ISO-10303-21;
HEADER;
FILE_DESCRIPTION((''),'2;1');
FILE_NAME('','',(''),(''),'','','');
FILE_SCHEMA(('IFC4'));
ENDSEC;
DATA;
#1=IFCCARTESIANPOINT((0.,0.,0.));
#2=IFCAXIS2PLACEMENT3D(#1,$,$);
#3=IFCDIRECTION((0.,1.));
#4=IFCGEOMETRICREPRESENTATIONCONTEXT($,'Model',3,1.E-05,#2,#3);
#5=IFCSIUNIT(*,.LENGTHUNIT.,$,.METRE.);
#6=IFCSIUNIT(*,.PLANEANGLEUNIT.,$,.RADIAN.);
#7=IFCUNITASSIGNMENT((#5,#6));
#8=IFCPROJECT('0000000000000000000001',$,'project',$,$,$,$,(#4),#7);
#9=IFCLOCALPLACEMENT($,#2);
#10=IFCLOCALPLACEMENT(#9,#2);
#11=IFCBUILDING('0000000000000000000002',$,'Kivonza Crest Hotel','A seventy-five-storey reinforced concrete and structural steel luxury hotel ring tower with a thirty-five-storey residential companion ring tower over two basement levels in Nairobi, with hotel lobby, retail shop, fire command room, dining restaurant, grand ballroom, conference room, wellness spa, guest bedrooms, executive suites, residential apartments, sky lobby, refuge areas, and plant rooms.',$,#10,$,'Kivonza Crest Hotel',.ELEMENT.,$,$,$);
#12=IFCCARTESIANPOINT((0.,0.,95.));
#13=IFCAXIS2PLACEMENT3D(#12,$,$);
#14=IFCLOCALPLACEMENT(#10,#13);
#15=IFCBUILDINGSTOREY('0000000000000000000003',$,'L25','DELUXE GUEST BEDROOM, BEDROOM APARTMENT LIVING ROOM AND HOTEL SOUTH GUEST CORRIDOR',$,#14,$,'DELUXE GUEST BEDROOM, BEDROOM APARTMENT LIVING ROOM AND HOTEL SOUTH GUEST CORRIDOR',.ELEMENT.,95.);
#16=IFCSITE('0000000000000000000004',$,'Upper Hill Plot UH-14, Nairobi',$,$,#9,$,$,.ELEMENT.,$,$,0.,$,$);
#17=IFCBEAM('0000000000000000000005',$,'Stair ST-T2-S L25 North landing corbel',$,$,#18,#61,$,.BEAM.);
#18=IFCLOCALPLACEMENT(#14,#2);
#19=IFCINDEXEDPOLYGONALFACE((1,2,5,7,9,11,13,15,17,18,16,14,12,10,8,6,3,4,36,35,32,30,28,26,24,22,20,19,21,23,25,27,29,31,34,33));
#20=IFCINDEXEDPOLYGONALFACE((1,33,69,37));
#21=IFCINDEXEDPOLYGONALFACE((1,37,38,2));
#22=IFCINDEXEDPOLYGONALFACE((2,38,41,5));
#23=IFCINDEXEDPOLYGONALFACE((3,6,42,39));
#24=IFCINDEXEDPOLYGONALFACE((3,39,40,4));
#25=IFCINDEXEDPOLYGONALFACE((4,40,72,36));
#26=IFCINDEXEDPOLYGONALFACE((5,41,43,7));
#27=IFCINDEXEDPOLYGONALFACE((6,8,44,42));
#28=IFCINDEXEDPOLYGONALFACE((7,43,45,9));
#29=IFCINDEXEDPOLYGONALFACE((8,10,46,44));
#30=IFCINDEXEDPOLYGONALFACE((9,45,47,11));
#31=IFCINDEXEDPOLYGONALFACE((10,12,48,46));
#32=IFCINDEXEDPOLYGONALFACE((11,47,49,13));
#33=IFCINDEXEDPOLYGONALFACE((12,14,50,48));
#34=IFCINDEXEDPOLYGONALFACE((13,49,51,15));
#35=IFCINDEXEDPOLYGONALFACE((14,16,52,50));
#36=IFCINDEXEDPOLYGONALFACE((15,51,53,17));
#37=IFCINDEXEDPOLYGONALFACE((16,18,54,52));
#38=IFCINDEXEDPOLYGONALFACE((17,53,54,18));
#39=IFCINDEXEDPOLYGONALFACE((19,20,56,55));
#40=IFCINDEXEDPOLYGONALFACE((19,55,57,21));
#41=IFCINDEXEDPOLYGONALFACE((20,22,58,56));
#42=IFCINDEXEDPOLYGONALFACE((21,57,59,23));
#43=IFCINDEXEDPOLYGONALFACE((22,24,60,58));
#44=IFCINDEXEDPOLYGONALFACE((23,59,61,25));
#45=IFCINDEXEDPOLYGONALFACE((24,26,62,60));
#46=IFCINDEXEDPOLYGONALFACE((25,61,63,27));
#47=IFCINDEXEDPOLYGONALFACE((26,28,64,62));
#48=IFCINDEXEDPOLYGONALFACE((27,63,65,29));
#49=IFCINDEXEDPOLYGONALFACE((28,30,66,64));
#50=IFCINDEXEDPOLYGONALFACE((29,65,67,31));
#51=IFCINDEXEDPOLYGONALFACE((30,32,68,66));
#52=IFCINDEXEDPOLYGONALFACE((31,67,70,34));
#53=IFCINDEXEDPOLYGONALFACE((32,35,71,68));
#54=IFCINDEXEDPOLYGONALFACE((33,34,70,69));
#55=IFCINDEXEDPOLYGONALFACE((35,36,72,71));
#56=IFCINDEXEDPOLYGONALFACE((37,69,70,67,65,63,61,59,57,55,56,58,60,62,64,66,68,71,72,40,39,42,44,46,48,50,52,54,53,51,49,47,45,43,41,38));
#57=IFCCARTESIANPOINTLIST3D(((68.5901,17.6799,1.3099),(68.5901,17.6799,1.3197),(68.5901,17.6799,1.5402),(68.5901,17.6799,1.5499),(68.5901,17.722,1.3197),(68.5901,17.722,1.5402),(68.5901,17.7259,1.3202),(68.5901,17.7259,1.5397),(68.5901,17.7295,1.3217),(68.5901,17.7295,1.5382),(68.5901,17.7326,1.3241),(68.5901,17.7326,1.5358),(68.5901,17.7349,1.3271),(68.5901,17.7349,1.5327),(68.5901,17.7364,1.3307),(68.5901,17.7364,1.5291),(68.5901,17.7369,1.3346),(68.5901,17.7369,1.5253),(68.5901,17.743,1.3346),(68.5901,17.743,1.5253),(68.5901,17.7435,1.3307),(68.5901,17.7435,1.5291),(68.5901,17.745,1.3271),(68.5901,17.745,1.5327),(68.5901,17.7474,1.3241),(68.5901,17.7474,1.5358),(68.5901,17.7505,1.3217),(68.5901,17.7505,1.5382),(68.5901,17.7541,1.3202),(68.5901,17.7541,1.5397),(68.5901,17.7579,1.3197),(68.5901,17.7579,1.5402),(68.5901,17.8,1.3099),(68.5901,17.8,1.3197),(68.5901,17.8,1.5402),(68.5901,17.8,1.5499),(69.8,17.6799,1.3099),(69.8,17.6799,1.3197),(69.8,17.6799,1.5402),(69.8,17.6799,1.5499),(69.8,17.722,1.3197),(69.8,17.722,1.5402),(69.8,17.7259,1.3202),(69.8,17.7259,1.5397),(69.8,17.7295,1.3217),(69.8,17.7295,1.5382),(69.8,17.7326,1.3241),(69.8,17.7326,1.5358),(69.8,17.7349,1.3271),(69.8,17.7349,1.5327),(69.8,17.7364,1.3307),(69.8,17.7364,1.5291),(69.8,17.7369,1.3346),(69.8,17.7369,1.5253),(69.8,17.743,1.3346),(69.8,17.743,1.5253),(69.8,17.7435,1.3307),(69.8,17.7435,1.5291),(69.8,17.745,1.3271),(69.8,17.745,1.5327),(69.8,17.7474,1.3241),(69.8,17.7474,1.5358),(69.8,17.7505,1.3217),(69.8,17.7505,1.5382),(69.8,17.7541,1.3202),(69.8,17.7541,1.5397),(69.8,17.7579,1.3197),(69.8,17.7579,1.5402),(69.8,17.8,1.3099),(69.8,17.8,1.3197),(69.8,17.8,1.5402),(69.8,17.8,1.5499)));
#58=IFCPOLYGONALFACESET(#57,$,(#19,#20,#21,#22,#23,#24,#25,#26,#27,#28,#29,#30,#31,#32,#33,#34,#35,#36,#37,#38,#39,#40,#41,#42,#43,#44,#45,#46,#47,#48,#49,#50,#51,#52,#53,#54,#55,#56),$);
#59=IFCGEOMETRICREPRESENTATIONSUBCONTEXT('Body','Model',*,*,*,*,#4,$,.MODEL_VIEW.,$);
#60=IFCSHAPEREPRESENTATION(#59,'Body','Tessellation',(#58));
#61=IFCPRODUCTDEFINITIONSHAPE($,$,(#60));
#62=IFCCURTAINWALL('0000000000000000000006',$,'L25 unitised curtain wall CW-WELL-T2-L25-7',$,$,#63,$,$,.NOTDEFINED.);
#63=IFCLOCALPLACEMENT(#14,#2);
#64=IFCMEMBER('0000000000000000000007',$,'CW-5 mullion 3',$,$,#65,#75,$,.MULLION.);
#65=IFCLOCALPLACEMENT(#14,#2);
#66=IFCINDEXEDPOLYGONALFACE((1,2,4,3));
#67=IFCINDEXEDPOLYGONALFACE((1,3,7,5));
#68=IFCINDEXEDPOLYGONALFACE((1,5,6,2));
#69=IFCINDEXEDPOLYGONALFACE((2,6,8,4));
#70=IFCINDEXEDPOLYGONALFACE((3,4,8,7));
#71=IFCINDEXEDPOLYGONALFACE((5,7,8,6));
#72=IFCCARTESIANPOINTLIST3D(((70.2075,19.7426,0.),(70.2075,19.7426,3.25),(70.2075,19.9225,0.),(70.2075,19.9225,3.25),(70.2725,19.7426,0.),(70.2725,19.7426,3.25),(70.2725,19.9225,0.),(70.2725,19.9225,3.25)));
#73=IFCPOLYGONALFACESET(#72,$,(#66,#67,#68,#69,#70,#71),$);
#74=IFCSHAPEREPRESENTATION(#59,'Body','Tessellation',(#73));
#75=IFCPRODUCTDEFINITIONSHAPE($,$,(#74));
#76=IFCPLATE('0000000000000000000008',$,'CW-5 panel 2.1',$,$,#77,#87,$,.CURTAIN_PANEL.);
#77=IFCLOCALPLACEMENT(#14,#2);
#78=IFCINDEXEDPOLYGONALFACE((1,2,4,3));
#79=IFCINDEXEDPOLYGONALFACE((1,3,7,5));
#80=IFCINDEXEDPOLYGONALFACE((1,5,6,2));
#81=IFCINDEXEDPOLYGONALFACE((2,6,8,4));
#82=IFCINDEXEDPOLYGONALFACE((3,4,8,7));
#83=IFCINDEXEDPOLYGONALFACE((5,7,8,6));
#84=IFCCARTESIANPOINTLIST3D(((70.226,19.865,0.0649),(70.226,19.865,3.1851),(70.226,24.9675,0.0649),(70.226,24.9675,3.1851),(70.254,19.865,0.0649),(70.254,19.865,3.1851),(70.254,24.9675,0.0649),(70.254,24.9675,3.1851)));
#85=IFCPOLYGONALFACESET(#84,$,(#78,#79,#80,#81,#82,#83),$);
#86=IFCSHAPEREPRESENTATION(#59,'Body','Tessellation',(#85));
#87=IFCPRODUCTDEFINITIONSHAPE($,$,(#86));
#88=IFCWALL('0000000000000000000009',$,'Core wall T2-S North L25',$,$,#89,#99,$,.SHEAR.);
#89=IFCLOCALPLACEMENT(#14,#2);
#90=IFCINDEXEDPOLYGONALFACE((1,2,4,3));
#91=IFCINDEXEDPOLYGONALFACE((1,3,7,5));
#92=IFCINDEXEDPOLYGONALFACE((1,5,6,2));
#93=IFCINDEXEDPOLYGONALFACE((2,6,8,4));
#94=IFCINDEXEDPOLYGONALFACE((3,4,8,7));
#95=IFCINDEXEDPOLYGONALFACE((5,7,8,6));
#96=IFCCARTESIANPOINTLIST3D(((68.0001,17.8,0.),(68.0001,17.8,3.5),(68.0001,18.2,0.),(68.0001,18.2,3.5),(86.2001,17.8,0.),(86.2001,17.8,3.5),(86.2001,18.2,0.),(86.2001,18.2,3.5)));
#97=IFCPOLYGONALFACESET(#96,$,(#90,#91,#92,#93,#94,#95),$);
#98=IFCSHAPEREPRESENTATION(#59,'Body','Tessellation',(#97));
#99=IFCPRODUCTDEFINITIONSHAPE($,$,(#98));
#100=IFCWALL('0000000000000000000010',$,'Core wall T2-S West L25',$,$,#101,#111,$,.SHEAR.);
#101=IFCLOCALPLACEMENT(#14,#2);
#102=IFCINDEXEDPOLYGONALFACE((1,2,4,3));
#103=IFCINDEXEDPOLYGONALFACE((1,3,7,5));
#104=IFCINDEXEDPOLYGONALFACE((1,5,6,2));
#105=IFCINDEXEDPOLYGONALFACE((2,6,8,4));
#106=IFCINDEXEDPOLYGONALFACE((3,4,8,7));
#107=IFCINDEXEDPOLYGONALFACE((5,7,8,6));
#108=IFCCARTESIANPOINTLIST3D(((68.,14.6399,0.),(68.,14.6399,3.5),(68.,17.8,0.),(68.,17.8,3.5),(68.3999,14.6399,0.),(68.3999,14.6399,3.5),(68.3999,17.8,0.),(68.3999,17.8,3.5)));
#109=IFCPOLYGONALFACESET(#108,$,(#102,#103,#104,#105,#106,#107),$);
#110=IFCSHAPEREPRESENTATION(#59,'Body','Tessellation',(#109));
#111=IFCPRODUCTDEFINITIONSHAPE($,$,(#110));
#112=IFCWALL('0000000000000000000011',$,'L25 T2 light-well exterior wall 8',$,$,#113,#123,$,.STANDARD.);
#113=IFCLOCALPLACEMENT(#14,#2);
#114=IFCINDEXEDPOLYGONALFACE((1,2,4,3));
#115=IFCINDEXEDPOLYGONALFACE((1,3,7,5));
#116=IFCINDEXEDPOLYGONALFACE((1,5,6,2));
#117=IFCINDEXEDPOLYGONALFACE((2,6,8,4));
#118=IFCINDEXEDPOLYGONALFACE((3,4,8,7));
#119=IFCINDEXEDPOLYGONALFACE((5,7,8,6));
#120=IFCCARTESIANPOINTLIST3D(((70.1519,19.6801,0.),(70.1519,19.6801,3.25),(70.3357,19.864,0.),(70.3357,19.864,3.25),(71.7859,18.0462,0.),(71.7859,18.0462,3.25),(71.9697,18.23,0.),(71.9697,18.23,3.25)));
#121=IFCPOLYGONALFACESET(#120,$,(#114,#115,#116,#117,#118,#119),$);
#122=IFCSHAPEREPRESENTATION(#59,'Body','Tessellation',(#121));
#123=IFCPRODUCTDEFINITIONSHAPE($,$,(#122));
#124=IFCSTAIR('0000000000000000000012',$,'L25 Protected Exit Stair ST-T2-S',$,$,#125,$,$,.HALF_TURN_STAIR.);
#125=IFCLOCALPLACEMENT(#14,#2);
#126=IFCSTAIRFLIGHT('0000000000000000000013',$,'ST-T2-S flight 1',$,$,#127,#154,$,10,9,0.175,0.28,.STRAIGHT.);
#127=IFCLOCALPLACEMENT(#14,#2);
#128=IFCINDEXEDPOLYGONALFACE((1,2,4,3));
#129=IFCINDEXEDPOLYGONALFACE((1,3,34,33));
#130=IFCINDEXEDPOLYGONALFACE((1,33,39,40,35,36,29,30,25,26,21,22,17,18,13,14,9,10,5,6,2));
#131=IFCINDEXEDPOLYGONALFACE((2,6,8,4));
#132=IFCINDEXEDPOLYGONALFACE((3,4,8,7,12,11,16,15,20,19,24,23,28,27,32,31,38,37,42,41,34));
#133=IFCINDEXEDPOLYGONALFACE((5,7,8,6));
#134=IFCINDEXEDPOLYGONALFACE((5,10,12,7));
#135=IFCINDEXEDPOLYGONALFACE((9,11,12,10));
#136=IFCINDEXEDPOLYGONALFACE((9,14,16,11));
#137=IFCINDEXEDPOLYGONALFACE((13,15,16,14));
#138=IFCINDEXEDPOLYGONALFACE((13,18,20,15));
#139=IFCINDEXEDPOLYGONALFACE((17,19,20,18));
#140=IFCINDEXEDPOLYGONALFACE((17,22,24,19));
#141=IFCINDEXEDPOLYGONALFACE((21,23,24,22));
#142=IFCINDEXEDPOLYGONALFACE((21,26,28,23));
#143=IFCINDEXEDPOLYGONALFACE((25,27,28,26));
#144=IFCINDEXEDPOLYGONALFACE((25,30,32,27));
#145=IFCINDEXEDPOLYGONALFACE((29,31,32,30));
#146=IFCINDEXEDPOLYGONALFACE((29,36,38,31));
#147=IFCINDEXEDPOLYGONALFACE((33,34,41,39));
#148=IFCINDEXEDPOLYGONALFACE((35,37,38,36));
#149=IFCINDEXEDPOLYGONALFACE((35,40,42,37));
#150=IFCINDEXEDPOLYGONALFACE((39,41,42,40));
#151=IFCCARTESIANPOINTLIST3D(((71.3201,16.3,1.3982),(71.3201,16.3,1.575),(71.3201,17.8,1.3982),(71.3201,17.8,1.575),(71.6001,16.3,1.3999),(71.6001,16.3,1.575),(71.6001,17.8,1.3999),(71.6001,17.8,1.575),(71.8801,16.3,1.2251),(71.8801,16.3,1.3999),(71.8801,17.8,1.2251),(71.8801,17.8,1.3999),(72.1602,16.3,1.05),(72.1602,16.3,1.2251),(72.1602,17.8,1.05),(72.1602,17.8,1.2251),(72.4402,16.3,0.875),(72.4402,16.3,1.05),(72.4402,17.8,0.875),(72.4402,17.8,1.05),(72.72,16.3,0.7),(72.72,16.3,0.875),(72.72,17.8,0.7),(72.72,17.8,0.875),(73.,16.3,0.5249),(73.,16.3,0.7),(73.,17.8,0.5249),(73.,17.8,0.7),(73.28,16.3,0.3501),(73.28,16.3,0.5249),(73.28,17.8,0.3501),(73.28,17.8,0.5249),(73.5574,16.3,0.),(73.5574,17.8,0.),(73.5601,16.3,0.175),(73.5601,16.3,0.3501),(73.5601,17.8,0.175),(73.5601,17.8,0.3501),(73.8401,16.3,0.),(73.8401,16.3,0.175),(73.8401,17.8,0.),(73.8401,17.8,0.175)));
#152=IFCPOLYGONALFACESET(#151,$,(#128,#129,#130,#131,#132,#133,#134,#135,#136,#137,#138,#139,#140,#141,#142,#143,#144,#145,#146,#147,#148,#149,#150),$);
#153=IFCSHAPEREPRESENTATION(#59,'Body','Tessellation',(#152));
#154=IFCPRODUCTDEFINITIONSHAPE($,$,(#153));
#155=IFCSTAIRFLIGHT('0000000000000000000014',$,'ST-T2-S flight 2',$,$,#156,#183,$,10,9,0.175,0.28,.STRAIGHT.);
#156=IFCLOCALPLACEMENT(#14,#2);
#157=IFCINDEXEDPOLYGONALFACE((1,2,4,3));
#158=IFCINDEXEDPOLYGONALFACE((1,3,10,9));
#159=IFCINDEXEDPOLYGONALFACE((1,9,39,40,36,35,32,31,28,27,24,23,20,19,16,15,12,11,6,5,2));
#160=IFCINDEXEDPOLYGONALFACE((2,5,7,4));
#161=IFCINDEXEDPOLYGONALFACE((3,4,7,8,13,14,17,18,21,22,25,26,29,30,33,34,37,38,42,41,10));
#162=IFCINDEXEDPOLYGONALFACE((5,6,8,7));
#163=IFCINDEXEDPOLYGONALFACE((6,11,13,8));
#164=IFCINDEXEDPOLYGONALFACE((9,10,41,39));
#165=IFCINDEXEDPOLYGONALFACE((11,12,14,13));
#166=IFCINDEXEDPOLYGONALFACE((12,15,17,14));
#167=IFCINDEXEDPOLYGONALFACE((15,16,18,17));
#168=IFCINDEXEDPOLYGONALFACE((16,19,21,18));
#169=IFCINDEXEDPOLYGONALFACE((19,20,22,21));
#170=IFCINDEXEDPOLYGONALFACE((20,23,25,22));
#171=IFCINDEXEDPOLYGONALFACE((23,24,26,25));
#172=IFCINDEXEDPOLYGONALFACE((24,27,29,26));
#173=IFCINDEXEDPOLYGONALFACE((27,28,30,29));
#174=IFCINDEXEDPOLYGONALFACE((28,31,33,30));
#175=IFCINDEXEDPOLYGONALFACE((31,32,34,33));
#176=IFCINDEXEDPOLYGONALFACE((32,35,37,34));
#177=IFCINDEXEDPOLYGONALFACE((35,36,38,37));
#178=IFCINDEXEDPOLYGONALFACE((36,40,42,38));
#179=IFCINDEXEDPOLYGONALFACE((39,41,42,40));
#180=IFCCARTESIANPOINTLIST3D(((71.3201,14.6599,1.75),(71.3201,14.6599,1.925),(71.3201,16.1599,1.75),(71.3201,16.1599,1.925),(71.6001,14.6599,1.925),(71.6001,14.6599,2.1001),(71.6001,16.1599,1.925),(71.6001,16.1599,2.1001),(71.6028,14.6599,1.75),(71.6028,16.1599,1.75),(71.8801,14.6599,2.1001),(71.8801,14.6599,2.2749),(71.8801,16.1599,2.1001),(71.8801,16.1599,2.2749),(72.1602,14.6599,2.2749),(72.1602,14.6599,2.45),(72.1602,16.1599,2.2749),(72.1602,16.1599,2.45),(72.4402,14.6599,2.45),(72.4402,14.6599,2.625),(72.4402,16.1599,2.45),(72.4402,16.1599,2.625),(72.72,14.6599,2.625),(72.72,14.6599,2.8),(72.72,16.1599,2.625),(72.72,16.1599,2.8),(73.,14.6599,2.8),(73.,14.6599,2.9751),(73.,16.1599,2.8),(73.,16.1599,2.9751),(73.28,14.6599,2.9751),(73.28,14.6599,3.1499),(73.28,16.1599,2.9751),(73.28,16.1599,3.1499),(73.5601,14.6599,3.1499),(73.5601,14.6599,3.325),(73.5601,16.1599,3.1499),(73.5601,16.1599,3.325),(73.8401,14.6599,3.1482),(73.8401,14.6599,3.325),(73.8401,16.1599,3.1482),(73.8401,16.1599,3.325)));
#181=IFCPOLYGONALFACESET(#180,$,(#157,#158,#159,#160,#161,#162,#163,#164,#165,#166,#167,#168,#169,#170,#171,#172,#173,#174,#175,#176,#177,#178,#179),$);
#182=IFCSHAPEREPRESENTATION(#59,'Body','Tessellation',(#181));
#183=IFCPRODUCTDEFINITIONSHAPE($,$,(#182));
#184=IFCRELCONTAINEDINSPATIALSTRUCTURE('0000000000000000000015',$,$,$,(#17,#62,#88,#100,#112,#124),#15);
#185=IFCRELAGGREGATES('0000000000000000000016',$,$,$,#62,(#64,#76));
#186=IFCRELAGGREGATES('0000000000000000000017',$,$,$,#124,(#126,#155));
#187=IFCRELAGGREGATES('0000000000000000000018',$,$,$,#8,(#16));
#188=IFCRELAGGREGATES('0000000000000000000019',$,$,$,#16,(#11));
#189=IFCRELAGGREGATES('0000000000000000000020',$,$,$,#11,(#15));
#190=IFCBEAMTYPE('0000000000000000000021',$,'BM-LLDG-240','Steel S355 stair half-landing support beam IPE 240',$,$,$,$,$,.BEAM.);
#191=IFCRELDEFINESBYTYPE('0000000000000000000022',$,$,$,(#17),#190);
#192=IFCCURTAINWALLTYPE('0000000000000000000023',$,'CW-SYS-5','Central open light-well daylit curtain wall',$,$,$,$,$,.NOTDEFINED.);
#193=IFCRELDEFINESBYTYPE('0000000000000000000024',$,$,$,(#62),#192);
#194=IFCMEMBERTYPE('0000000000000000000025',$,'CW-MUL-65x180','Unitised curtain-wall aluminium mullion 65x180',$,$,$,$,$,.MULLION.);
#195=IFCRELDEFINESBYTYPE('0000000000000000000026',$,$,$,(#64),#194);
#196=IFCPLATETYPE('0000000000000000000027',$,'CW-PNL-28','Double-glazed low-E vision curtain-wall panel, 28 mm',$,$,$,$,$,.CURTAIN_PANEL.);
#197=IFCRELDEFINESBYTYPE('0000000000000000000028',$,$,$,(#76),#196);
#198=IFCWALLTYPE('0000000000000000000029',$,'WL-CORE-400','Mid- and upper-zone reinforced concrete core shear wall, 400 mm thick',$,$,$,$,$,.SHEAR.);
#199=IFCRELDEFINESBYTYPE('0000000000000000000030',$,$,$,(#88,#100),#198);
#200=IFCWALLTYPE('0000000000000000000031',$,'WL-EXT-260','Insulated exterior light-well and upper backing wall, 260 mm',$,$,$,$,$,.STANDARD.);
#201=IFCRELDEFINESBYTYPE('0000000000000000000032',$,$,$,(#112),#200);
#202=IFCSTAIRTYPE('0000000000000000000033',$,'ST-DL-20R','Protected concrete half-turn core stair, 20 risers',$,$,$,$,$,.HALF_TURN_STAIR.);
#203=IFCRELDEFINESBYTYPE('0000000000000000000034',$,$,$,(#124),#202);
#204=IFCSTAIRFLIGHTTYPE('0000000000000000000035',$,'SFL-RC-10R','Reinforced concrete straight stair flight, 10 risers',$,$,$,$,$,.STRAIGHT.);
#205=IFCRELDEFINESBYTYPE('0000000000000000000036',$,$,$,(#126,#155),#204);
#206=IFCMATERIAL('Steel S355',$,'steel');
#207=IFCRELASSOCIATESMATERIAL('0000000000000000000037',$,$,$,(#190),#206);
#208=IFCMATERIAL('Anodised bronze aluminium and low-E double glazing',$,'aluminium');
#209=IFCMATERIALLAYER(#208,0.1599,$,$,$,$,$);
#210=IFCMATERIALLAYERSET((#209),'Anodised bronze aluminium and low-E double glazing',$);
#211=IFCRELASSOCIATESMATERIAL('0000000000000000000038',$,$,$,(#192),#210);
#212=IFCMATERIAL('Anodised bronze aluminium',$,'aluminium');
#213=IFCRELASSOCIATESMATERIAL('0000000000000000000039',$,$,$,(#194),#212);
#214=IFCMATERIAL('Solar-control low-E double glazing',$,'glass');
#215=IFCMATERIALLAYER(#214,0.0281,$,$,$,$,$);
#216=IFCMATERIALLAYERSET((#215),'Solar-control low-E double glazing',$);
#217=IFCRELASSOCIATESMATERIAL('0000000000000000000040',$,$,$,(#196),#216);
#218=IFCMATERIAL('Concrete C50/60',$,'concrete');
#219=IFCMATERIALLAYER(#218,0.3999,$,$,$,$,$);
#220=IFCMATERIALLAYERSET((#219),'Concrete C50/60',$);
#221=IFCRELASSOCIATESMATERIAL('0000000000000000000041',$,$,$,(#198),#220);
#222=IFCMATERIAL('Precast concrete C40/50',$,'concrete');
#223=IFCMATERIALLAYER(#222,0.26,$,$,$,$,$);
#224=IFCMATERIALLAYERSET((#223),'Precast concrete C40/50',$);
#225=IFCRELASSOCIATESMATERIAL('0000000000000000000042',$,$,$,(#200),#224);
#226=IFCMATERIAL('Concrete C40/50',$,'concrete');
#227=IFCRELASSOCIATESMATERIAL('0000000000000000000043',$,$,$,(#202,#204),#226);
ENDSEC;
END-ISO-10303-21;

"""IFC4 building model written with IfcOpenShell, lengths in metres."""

from ifc_helpers import new_model, si_unit, direction, frame, frame_2d, origin, origin_2d, place, context, subcontext, project, spatial, polyline, rectangle, i_section, outline, extrude, material, layer, layer_set, material_profile, profile_set, type_object, element, aggregate, save


model = new_model("IFC4")

# Units and contexts
model_context = context("Model", 3, precision=1e-05, world=origin(), true_north=direction((0.0, 1.0)))
body_context = subcontext(model_context, "Body", "Model", "MODEL_VIEW")
ifc_project = project(units=[si_unit("LENGTHUNIT", "METRE"), si_unit("PLANEANGLEUNIT", "RADIAN")], contexts=[model_context])

# Site, building, storey
site_placement = place(None, origin())
site = spatial("IfcSite", under=ifc_project, at=site_placement, Name="Upper Hill Plot UH-14, Nairobi", CompositionType="ELEMENT", RefElevation=0.0)
building_placement = place(site_placement, origin())
building = spatial("IfcBuilding", under=site, at=building_placement, Name="Kivonza Crest Hotel", Description="A seventy-five-storey reinforced concrete and structural steel luxury hotel ring tower with a thirty-five-storey residential companion ring tower over two basement levels in Nairobi, with hotel lobby, retail shop, fire command room, dining restaurant, grand ballroom, conference room, wellness spa, guest bedrooms, executive suites, residential apartments, sky lobby, refuge areas, and plant rooms.", LongName="Kivonza Crest Hotel", CompositionType="ELEMENT")
storey_placement = place(building_placement, frame((0.0, 0.0, 95.0)))
storey = spatial("IfcBuildingStorey", under=building, at=storey_placement, Name="L25", Description="DELUXE GUEST BEDROOM, BEDROOM APARTMENT LIVING ROOM AND HOTEL SOUTH GUEST CORRIDOR", LongName="DELUXE GUEST BEDROOM, BEDROOM APARTMENT LIVING ROOM AND HOTEL SOUTH GUEST CORRIDOR", CompositionType="ELEMENT", Elevation=95.0)

# Shared definitions
ifc_material_1 = material(Name="Concrete C50/60", Category="concrete")

# Beam
ifc_material_2 = material(Name="Steel S355", Category="steel")
ifc_material_profile_1 = material_profile(ifc_material_2, i_section(OverallWidth=0.1201, OverallDepth=0.24, WebThickness=0.0061, FlangeThickness=0.0098, FilletRadius=0.0149, at=origin_2d()), Name="IPE 240")
ifc_profile_set_1 = profile_set([ifc_material_profile_1], Name="Steel S355")
beam_type_1 = type_object("IfcBeamType", Name="BM-LLDG-240", Description="Steel S355 stair half-landing support beam IPE 240", PredefinedType="BEAM", material=ifc_profile_set_1)
for number, where, z_axis, x_axis, name in (
    (1, (68.5901, 17.74, 1.4299), (1.0, 0.0, 0.0), (0.0, 1.0, 0.0), "Stair ST-T2-S L25 North landing corbel"),
):
    element("IfcBeam", number, at=place(storey_placement, frame(where, z_axis=z_axis, x_axis=x_axis)), inside=storey, type_object=beam_type_1, Name=name, PredefinedType="BEAM", context=body_context, shape_type="SweptSolid", body=[
        extrude(i_section(OverallWidth=0.1201, OverallDepth=0.24, WebThickness=0.0061, FlangeThickness=0.0098, FilletRadius=0.0149, at=origin_2d()), origin(), (0.0, 0.0, 1.0), 1.21),
    ])

# Curtain wall, member, plate
ifc_material_3 = material(Name="Anodised bronze aluminium and low-E double glazing", Category="aluminium")
ifc_layer_1 = layer(ifc_material_3, 0.1599)
ifc_layer_set_1 = layer_set([ifc_layer_1], Name="Anodised bronze aluminium and low-E double glazing")
curtain_wall_type = type_object("IfcCurtainWallType", Name="CW-SYS-5", Description="Central open light-well daylit curtain wall", PredefinedType="NOTDEFINED", material=ifc_layer_set_1)
curtain_wall_placement = place(storey_placement, origin())
curtain_wall = element("IfcCurtainWall", 2, at=curtain_wall_placement, inside=storey, type_object=curtain_wall_type, Name="L25 unitised curtain wall CW-WELL-T2-L25-7", PredefinedType="NOTDEFINED")
ifc_material_4 = material(Name="Anodised bronze aluminium", Category="aluminium")
ifc_material_profile_2 = material_profile(ifc_material_4, rectangle(XDim=0.0649, YDim=0.1799, at=origin_2d()), Name="CW-M 65x180")
ifc_profile_set_2 = profile_set([ifc_material_profile_2], Name="Anodised bronze aluminium")
member_type = type_object("IfcMemberType", Name="CW-MUL-65x180", Description="Unitised curtain-wall aluminium mullion 65x180", PredefinedType="MULLION", material=ifc_profile_set_2)
member_placement = place(storey_placement, frame((70.24, 19.8325, 0.0), z_axis=(0.0, 0.0, 1.0), x_axis=(1.0, 0.0, 0.0)))
member = element("IfcMember", 3, at=member_placement, type_object=member_type, Name="CW-5 mullion 3", PredefinedType="MULLION", context=body_context, shape_type="SweptSolid", body=[
    extrude(rectangle(XDim=0.0649, YDim=0.1799, at=origin_2d()), origin(), (0.0, 0.0, 1.0), 3.25),
])
ifc_material_5 = material(Name="Solar-control low-E double glazing", Category="glass")
ifc_layer_2 = layer(ifc_material_5, 0.0281)
ifc_layer_set_2 = layer_set([ifc_layer_2], Name="Solar-control low-E double glazing")
plate_type = type_object("IfcPlateType", Name="CW-PNL-28", Description="Double-glazed low-E vision curtain-wall panel, 28 mm", PredefinedType="CURTAIN_PANEL", material=ifc_layer_set_2)
plate_placement = place(storey_placement, frame((70.24, 22.4163, 0.0649), z_axis=(0.0, 0.0, 1.0), x_axis=(0.0, -1.0, 0.0)))
plate = element("IfcPlate", 4, at=plate_placement, type_object=plate_type, Name="CW-5 panel 2.1", PredefinedType="CURTAIN_PANEL", context=body_context, shape_type="SweptSolid", body=[
    extrude(rectangle(XDim=5.1025, YDim=0.0281, at=origin_2d()), origin(), (0.0, 0.0, 1.0), 3.1201),
])
aggregate(curtain_wall, [member, plate])

# Walls
ifc_layer_3 = layer(ifc_material_1, 0.3999)
ifc_layer_set_3 = layer_set([ifc_layer_3], Name="Concrete C50/60")
wall_type_1 = type_object("IfcWallType", Name="WL-CORE-400", Description="Mid- and upper-zone reinforced concrete core shear wall, 400 mm thick", PredefinedType="SHEAR", material=ifc_layer_set_3)
wall_1_placement = place(storey_placement, frame((68.0, 18.0, 0.0), z_axis=(0.0, 0.0, 1.0), x_axis=(1.0, 0.0, 0.0)))
element("IfcWall", 5, at=wall_1_placement, inside=storey, type_object=wall_type_1, Name="Core wall T2-S North L25", PredefinedType="SHEAR", context=body_context, shape_type="SweptSolid", body=[
    extrude(rectangle(XDim=18.2, YDim=0.3999, at=frame_2d((9.1001, 0.0))), origin(), (0.0, 0.0, 1.0), 3.5),
])
wall_2_placement = place(storey_placement, frame((68.2, 14.6399, 0.0), z_axis=(0.0, 0.0, 1.0), x_axis=(0.0, 1.0, 0.0)))
element("IfcWall", 6, at=wall_2_placement, inside=storey, type_object=wall_type_1, Name="Core wall T2-S West L25", PredefinedType="SHEAR", context=body_context, shape_type="SweptSolid", body=[
    extrude(rectangle(XDim=3.1602, YDim=0.3999, at=frame_2d((1.5801, 0.0))), origin(), (0.0, 0.0, 1.0), 3.5),
])
ifc_material_6 = material(Name="Precast concrete C40/50", Category="concrete")
ifc_layer_4 = layer(ifc_material_6, 0.26)
ifc_layer_set_4 = layer_set([ifc_layer_4], Name="Precast concrete C40/50")
wall_type_2 = type_object("IfcWallType", Name="WL-EXT-260", Description="Insulated exterior light-well and upper backing wall, 260 mm", PredefinedType="STANDARD", material=ifc_layer_set_4)
wall_3_placement = place(storey_placement, frame((70.2439, 19.772, 0.0), z_axis=(0.0, 0.0, 1.0), x_axis=(0.707107, -0.707107, 0.0)))
element("IfcWall", 7, at=wall_3_placement, inside=storey, type_object=wall_type_2, Name="L25 T2 light-well exterior wall 8", PredefinedType="STANDARD", context=body_context, shape_type="SweptSolid", body=[
    extrude(rectangle(XDim=2.3108, YDim=0.26, at=frame_2d((1.1553, 0.0))), origin(), (0.0, 0.0, 1.0), 3.25),
])

# Stair, stair flights
ifc_material_7 = material(Name="Concrete C40/50", Category="concrete")
stair_type = type_object("IfcStairType", Name="ST-DL-20R", Description="Protected concrete half-turn core stair, 20 risers", PredefinedType="HALF_TURN_STAIR", material=ifc_material_7)
stair_placement = place(storey_placement, origin())
stair = element("IfcStair", 8, at=stair_placement, inside=storey, type_object=stair_type, Name="L25 Protected Exit Stair ST-T2-S", PredefinedType="HALF_TURN_STAIR")
stair_flight_type = type_object("IfcStairFlightType", Name="SFL-RC-10R", Description="Reinforced concrete straight stair flight, 10 risers", PredefinedType="STRAIGHT", material=ifc_material_7)
stair_flight_1_placement = place(storey_placement, frame((73.8401, 17.05, 0.0), z_axis=(0.0, 0.0, 1.0), x_axis=(-1.0, 0.0, 0.0)))
stair_flight_1 = element("IfcStairFlight", 9, at=stair_flight_1_placement, type_object=stair_flight_type, Name="ST-T2-S flight 1", NumberOfRisers=10, NumberOfTreads=9, PredefinedType="STRAIGHT", RiserHeight=0.175, TreadLength=0.28, context=body_context, shape_type="SweptSolid", body=[
    extrude(outline(polyline([(0.0, 0.0), (0.0, 0.175), (0.28, 0.175), (0.28, 0.3501), (0.5601, 0.3501), (0.5601, 0.5249), (0.8401, 0.5249), (0.8401, 0.7), (1.1201, 0.7), (1.1201, 0.875), (1.3999, 0.875), (1.3999, 1.05), (1.6799, 1.05), (1.6799, 1.2251), (1.96, 1.2251), (1.96, 1.3999), (2.24, 1.3999), (2.24, 1.575), (2.52, 1.575), (2.52, 1.75), (2.52, 1.3982), (0.2827, 0.0), (0.0, 0.0)])), frame((0.0, 0.75, 0.0), z_axis=(0.0, -1.0, 0.0), x_axis=(1.0, 0.0, 0.0)), (0.0, 0.0, 1.0), 1.5),
])
stair_flight_2_placement = place(storey_placement, frame((71.3201, 15.4099, 1.75), z_axis=(0.0, 0.0, 1.0), x_axis=(1.0, 0.0, 0.0)))
stair_flight_2 = element("IfcStairFlight", 10, at=stair_flight_2_placement, type_object=stair_flight_type, Name="ST-T2-S flight 2", NumberOfRisers=10, NumberOfTreads=9, PredefinedType="STRAIGHT", RiserHeight=0.175, TreadLength=0.28, context=body_context, shape_type="SweptSolid", body=[
    extrude(outline(polyline([(0.0, 0.0), (0.0, 0.175), (0.28, 0.175), (0.28, 0.3501), (0.5601, 0.3501), (0.5601, 0.5249), (0.8401, 0.5249), (0.8401, 0.7), (1.1201, 0.7), (1.1201, 0.875), (1.3999, 0.875), (1.3999, 1.05), (1.6799, 1.05), (1.6799, 1.2251), (1.96, 1.2251), (1.96, 1.3999), (2.24, 1.3999), (2.24, 1.575), (2.52, 1.575), (2.52, 1.75), (2.52, 1.3982), (0.2827, 0.0), (0.0, 0.0)])), frame((0.0, 0.75, 0.0), z_axis=(0.0, -1.0, 0.0), x_axis=(1.0, 0.0, 0.0)), (0.0, 0.0, 1.0), 1.5),
])
aggregate(stair, [stair_flight_1, stair_flight_2])

save(model, "model.ifc")
